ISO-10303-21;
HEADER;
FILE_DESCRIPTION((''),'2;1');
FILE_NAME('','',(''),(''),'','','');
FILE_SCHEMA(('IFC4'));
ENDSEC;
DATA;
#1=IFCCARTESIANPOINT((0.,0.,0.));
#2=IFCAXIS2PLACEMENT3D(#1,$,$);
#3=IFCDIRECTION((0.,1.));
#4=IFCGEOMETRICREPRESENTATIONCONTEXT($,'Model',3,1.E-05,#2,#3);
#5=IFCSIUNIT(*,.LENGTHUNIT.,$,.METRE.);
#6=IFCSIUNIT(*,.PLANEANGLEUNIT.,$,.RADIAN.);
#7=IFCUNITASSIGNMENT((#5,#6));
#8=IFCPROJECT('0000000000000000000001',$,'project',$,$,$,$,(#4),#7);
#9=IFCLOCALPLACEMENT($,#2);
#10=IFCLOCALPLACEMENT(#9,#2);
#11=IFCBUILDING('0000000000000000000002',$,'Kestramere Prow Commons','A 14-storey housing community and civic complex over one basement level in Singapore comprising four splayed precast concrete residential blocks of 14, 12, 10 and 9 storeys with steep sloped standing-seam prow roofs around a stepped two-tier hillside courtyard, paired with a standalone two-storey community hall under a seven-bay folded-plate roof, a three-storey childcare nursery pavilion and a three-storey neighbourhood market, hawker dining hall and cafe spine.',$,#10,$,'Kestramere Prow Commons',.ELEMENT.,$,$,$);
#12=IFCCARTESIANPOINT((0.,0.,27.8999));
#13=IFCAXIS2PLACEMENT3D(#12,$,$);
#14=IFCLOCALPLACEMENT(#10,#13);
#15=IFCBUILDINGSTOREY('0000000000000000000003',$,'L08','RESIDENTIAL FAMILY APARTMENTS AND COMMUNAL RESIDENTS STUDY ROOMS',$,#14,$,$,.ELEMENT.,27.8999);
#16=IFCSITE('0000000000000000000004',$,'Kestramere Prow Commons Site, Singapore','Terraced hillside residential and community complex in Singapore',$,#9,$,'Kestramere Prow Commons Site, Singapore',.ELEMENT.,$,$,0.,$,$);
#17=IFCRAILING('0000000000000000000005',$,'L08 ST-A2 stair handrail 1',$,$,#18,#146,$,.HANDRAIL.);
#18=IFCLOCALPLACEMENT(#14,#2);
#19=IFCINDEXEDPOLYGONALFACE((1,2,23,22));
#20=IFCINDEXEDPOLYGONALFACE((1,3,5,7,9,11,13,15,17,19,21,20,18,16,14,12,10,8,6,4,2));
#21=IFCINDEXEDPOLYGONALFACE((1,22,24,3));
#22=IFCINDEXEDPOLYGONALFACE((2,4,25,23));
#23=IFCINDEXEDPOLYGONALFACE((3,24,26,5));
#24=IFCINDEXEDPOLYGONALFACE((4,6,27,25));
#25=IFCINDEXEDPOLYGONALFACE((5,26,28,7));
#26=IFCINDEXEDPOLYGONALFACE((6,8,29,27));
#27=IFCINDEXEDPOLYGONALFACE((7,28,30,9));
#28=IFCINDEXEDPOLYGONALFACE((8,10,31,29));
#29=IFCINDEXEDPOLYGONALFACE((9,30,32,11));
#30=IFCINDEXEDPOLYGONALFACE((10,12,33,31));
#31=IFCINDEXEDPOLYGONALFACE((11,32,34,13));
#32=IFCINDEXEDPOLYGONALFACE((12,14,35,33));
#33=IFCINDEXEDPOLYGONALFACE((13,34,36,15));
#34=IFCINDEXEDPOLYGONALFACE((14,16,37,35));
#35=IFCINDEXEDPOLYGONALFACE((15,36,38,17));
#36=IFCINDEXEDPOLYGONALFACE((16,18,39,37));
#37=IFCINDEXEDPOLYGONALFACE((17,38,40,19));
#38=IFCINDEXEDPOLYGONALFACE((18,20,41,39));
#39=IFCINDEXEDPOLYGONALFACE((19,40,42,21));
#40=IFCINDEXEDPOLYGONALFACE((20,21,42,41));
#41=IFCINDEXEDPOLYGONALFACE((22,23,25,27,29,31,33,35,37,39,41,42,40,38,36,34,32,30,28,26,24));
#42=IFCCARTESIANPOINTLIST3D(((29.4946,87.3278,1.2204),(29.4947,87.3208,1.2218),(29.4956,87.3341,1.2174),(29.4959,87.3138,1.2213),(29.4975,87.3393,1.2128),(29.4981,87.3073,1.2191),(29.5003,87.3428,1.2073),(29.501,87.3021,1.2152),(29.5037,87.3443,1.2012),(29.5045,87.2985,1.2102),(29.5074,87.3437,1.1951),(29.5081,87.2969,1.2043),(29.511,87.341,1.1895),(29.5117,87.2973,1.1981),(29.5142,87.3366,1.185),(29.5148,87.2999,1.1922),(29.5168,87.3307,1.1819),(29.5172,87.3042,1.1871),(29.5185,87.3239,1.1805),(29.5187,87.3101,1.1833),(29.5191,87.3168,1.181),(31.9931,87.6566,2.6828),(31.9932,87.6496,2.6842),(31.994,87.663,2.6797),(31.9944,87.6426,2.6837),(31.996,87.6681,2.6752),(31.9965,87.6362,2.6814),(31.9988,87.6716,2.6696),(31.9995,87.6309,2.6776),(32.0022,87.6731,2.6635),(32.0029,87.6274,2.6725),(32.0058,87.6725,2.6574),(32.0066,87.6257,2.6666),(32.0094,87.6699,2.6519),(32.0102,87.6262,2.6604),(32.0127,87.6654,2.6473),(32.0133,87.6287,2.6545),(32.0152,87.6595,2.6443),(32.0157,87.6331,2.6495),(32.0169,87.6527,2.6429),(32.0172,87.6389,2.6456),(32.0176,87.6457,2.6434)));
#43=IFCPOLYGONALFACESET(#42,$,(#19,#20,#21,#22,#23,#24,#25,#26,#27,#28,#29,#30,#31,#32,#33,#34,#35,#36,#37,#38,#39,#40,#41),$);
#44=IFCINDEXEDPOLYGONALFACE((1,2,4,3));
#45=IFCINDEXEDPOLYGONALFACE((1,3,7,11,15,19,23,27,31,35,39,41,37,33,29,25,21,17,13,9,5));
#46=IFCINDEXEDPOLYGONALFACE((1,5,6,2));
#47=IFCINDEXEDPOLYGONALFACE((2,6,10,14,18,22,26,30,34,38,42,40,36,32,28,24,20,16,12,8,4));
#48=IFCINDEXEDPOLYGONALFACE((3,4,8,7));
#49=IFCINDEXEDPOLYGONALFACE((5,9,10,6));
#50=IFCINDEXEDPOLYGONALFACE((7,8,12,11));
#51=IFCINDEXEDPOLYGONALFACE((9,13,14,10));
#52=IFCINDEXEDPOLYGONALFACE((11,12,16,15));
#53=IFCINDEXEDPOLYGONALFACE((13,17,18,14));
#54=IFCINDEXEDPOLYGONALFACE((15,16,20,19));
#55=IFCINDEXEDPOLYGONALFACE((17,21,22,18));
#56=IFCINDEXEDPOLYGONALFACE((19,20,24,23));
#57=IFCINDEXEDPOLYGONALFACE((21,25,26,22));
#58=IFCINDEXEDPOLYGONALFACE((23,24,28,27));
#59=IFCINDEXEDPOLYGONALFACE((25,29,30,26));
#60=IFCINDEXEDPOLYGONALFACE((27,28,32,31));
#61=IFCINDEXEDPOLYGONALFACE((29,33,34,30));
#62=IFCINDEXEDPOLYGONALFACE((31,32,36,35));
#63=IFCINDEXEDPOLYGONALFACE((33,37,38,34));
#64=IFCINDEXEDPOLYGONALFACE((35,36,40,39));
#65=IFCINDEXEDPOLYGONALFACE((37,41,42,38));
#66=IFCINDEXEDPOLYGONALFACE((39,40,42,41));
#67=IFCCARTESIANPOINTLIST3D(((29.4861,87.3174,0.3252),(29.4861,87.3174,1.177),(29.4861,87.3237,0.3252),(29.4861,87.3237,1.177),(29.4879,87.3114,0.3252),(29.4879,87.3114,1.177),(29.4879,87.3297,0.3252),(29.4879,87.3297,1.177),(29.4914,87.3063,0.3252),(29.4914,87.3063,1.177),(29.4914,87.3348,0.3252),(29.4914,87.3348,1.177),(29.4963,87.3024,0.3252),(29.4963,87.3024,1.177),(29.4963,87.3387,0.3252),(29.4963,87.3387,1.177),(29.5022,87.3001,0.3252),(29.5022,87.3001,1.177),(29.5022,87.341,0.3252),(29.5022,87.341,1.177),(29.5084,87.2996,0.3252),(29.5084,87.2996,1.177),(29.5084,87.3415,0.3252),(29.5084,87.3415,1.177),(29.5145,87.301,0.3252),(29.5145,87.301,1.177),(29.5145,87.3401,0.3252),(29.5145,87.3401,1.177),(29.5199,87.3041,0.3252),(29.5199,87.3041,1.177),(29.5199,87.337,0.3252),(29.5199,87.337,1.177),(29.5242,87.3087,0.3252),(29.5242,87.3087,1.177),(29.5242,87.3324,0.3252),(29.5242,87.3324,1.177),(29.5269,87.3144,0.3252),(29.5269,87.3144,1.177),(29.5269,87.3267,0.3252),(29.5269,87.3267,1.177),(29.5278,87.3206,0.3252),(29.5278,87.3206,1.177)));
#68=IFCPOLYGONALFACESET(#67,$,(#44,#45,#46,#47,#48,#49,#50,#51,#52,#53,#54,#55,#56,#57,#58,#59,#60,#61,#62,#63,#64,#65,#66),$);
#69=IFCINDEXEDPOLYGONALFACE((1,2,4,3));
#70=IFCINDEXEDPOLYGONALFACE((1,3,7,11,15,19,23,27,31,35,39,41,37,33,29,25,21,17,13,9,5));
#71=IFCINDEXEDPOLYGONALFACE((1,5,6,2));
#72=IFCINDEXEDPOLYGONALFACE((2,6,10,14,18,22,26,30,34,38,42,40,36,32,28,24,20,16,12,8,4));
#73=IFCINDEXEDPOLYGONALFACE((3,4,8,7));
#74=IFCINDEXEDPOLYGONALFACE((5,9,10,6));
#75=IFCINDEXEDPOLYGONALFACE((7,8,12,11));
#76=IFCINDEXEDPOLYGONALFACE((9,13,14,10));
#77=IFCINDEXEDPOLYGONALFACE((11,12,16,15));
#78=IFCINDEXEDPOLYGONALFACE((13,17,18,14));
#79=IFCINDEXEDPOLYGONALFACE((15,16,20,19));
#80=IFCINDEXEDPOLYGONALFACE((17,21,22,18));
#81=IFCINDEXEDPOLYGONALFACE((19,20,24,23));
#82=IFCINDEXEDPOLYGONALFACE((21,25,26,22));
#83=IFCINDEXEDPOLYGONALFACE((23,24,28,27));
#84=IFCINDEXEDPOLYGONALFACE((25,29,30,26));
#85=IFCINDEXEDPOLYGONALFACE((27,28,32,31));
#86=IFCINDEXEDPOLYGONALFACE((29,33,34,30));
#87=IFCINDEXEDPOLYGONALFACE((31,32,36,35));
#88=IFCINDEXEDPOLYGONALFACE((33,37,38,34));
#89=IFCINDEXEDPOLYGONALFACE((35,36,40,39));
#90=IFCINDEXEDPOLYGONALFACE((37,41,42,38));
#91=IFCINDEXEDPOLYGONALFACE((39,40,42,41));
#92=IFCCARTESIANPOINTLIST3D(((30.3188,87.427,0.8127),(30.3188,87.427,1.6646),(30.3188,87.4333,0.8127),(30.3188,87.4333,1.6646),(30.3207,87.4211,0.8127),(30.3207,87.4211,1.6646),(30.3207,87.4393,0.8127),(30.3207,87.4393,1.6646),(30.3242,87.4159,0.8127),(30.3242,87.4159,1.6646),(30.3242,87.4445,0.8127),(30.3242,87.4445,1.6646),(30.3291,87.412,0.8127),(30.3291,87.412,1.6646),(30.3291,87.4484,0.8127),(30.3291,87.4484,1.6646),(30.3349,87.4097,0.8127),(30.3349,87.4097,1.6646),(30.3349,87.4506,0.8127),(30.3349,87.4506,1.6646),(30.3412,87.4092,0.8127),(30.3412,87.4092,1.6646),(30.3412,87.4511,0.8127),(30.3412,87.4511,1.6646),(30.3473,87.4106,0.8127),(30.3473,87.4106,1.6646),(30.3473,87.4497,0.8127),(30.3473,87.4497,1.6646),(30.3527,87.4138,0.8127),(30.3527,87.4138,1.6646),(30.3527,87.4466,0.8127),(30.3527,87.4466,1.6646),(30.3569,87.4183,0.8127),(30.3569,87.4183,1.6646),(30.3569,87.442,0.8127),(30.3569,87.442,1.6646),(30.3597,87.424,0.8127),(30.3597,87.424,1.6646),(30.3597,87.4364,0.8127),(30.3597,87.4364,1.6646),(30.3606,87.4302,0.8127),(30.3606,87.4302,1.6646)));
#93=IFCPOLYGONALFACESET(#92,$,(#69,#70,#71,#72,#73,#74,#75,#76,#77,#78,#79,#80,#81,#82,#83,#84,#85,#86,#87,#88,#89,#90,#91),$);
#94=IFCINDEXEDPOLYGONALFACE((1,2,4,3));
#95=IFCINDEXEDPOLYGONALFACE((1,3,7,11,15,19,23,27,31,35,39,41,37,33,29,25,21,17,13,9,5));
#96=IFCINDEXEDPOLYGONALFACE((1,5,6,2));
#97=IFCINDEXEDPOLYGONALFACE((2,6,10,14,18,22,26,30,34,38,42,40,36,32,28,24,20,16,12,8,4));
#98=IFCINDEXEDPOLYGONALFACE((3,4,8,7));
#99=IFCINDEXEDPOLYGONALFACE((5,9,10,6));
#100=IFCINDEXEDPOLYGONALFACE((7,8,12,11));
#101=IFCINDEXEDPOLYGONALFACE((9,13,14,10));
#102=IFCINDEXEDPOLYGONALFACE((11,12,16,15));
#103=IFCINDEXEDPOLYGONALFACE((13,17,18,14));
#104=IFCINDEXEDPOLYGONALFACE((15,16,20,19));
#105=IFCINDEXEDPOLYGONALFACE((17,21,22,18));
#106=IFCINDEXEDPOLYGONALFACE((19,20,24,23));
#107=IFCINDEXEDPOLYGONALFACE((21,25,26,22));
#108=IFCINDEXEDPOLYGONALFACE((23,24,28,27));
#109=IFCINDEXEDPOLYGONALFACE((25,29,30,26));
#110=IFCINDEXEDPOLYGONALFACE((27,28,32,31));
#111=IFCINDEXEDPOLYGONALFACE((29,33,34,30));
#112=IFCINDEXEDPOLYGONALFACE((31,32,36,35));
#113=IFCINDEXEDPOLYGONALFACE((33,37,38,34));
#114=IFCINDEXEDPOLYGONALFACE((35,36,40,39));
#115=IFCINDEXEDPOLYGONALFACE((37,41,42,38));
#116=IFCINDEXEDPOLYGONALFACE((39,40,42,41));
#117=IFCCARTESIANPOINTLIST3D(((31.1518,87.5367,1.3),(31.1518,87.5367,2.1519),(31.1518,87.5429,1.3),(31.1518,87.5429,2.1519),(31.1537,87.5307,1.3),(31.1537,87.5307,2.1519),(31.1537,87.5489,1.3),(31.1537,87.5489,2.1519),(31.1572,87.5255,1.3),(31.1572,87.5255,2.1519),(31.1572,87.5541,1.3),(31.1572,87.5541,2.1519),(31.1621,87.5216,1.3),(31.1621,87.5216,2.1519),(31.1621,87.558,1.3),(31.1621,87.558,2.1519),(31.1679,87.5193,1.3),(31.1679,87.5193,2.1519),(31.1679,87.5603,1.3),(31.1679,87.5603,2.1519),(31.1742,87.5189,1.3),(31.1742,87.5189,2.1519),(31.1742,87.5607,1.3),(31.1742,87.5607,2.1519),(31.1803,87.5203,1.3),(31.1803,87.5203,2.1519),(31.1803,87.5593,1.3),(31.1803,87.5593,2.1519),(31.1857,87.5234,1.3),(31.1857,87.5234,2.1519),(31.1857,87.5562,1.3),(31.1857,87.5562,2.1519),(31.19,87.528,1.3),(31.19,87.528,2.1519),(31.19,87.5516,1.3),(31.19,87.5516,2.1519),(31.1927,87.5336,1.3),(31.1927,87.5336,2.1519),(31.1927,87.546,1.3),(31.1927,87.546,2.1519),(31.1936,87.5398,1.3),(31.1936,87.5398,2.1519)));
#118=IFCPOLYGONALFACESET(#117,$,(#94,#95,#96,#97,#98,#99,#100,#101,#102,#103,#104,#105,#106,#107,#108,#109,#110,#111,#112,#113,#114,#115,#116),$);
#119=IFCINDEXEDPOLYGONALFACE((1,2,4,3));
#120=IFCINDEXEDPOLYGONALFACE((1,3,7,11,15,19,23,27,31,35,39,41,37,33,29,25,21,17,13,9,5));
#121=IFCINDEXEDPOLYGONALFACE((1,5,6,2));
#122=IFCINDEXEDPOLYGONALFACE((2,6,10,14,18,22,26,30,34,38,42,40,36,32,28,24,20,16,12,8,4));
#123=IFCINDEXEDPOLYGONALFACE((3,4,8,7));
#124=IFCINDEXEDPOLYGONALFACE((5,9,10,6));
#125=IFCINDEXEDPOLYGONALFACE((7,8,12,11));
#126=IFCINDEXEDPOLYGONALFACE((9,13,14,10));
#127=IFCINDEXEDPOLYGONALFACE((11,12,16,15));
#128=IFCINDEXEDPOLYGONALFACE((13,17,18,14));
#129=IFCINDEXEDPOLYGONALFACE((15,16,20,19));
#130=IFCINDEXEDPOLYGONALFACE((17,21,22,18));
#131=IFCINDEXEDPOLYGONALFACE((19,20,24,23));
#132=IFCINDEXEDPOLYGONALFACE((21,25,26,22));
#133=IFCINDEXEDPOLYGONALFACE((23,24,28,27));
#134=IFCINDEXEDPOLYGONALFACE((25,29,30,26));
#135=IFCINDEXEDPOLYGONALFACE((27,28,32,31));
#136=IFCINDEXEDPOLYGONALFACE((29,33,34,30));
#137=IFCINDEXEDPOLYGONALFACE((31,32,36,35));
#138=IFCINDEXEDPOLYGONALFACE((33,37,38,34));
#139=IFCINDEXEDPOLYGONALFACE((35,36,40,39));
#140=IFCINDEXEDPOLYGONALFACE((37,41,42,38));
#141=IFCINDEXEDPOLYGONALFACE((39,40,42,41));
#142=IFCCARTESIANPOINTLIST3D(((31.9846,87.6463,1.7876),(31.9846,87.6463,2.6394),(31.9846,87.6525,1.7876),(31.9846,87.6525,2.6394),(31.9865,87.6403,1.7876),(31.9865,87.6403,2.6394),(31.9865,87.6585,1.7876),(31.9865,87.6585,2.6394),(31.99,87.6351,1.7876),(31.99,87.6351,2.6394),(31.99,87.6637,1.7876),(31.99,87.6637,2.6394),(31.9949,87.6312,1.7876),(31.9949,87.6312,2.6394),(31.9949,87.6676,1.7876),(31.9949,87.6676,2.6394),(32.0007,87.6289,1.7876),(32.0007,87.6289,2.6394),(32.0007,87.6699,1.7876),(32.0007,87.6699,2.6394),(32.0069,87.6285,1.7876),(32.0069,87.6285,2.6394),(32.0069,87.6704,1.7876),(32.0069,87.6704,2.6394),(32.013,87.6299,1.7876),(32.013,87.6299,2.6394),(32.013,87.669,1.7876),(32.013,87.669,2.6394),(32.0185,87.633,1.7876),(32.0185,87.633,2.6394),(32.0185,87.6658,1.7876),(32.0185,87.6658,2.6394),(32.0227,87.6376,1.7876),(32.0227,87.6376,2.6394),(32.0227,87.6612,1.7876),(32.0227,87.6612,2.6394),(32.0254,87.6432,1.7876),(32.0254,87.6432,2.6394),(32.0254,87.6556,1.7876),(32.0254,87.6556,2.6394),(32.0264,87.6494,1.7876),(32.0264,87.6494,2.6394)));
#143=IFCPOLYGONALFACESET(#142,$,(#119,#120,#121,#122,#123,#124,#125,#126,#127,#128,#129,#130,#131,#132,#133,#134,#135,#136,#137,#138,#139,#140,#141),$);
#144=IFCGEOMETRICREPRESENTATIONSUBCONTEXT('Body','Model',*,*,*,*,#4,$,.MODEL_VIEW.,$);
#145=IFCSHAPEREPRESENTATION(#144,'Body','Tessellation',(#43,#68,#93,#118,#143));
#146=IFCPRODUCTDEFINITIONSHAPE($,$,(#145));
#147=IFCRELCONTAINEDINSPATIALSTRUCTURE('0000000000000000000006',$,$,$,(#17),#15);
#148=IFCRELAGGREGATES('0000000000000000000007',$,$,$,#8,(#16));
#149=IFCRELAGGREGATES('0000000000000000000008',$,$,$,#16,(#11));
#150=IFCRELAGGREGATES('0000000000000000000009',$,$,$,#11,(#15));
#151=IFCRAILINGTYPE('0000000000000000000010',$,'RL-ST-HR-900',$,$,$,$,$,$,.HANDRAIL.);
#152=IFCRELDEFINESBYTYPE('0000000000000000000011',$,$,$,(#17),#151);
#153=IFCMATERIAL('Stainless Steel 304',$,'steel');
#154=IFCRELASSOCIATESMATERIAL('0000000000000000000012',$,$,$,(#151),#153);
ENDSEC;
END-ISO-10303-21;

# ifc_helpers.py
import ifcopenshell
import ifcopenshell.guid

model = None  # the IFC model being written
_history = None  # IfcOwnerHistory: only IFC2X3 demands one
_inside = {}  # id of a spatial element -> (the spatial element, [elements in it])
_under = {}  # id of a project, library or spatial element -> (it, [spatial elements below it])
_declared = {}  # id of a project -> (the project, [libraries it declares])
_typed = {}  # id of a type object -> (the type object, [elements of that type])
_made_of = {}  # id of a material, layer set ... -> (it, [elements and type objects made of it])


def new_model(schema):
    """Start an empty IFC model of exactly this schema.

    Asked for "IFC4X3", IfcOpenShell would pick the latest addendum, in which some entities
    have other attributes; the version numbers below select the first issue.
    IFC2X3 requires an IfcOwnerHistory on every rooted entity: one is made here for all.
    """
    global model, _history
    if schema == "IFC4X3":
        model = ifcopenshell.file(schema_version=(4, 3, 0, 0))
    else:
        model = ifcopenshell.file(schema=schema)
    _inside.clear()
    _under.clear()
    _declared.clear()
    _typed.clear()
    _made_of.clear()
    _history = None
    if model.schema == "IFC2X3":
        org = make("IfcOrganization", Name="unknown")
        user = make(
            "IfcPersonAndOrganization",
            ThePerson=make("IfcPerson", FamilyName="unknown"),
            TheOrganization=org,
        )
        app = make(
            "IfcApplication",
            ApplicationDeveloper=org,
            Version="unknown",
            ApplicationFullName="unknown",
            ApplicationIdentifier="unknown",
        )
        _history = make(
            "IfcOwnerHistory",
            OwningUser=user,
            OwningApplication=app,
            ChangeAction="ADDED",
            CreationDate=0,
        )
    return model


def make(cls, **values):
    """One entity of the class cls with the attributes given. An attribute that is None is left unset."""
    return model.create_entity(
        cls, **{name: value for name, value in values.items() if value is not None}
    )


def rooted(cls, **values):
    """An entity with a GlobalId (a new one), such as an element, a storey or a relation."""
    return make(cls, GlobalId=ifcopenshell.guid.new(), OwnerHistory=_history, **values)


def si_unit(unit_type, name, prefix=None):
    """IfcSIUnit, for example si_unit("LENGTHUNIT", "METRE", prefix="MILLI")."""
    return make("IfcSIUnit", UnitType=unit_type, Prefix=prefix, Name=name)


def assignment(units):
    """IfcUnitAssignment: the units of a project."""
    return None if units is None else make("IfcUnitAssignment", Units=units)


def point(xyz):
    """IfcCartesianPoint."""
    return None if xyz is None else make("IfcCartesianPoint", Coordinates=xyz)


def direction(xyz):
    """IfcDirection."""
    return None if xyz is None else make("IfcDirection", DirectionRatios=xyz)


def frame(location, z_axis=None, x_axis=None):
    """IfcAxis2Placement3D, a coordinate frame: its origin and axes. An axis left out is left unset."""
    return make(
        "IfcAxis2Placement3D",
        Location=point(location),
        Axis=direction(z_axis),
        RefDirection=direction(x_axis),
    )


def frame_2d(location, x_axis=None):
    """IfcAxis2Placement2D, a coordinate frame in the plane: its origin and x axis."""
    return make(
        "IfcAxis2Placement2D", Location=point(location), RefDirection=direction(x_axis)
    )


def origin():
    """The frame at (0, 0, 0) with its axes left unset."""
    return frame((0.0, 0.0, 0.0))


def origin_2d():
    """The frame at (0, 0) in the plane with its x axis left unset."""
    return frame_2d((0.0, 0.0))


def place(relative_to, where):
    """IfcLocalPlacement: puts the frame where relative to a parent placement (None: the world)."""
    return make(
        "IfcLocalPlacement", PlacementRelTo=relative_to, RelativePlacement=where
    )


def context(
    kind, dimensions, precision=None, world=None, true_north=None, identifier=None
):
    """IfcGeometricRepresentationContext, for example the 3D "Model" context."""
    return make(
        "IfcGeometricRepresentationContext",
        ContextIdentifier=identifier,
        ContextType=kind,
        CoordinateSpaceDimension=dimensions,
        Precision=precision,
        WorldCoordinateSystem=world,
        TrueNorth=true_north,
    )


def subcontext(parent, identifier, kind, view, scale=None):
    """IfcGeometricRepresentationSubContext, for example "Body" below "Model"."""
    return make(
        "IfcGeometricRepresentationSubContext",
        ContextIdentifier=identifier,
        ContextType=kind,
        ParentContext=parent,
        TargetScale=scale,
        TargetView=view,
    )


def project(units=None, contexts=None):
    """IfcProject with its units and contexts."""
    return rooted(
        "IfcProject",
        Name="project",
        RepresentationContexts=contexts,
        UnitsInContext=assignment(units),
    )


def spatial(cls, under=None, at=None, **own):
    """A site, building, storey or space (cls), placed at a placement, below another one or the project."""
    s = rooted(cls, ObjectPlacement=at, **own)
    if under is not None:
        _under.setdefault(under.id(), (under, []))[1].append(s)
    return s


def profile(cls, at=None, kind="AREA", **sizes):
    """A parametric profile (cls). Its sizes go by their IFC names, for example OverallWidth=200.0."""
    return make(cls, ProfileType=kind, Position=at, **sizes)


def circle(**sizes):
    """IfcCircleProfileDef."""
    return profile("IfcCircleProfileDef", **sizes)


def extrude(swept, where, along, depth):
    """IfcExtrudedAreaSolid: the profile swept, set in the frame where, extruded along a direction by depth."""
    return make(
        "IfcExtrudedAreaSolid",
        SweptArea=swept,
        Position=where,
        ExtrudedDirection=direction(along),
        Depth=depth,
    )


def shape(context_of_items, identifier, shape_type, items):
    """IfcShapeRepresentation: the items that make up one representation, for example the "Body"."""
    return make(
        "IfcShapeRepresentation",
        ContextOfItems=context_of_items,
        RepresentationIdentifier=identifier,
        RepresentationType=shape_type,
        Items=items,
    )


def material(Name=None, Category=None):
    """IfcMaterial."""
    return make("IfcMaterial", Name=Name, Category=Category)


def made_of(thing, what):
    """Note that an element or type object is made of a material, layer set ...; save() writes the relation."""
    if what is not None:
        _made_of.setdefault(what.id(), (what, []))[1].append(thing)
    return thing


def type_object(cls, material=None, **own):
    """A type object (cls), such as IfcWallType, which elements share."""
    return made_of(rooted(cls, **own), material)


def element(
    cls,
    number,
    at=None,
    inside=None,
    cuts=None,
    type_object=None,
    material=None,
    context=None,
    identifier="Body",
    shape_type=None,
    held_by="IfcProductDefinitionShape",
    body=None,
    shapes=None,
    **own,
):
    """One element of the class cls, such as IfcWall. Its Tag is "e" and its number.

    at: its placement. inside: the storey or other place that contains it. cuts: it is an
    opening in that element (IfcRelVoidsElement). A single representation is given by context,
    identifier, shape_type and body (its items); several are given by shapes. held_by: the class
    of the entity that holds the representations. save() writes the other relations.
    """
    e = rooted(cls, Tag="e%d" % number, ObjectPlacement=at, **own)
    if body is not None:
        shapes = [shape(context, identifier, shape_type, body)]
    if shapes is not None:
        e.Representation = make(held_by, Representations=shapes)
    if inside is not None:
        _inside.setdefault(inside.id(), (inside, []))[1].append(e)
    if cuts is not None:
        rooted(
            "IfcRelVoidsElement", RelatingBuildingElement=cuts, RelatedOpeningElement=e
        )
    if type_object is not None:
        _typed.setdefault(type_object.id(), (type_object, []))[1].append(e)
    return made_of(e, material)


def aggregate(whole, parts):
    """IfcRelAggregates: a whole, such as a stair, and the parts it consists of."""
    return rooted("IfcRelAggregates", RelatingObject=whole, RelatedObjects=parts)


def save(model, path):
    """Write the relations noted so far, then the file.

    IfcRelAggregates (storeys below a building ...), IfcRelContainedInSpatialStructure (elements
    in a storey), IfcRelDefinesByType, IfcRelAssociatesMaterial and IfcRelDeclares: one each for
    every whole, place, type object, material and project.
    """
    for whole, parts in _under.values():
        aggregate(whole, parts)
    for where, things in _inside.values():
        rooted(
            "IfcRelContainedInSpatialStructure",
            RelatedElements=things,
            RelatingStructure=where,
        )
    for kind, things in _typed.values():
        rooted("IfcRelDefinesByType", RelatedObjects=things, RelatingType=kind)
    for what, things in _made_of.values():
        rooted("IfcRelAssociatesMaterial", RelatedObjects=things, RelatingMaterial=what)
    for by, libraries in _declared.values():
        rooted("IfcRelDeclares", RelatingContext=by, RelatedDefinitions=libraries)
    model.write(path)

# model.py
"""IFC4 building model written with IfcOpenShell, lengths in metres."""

from ifc_helpers import new_model, si_unit, direction, frame, origin, origin_2d, place, context, subcontext, project, spatial, circle, extrude, material, type_object, element, save


model = new_model("IFC4")

# Units and contexts
model_context = context("Model", 3, precision=1e-05, world=origin(), true_north=direction((0.0, 1.0)))
body_context = subcontext(model_context, "Body", "Model", "MODEL_VIEW")
ifc_project = project(units=[si_unit("LENGTHUNIT", "METRE"), si_unit("PLANEANGLEUNIT", "RADIAN")], contexts=[model_context])

# Site, building, storey
site_placement = place(None, origin())
site = spatial("IfcSite", under=ifc_project, at=site_placement, Name="Kestramere Prow Commons Site, Singapore", Description="Terraced hillside residential and community complex in Singapore", LongName="Kestramere Prow Commons Site, Singapore", CompositionType="ELEMENT", RefElevation=0.0)
building_placement = place(site_placement, origin())
building = spatial("IfcBuilding", under=site, at=building_placement, Name="Kestramere Prow Commons", Description="A 14-storey housing community and civic complex over one basement level in Singapore comprising four splayed precast concrete residential blocks of 14, 12, 10 and 9 storeys with steep sloped standing-seam prow roofs around a stepped two-tier hillside courtyard, paired with a standalone two-storey community hall under a seven-bay folded-plate roof, a three-storey childcare nursery pavilion and a three-storey neighbourhood market, hawker dining hall and cafe spine.", LongName="Kestramere Prow Commons", CompositionType="ELEMENT")
storey_placement = place(building_placement, frame((0.0, 0.0, 27.8999)))
storey = spatial("IfcBuildingStorey", under=building, at=storey_placement, Name="L08", Description="RESIDENTIAL FAMILY APARTMENTS AND COMMUNAL RESIDENTS STUDY ROOMS", CompositionType="ELEMENT", Elevation=27.8999)

# Railing
ifc_material_1 = material(Name="Stainless Steel 304", Category="steel")
railing_type_1 = type_object("IfcRailingType", Name="RL-ST-HR-900", PredefinedType="HANDRAIL", material=ifc_material_1)
railing_1_placement = place(storey_placement, frame((29.5068, 87.3206, 0.3252)))
element("IfcRailing", 1, at=railing_1_placement, inside=storey, type_object=railing_type_1, Name="L08 ST-A2 stair handrail 1", PredefinedType="HANDRAIL", context=body_context, shape_type="SweptSolid", body=[
    extrude(circle(Radius=0.0239, at=origin_2d()), frame((0.0, 0.0, 0.876), z_axis=(0.857523, 0.112867, 0.501912), x_axis=(-0.130495, 0.991449, 0.0)), (0.0, 0.0, 1.0), 2.9136),
    extrude(circle(Radius=0.021, at=origin_2d()), origin(), (0.0, 0.0, 1.0), 0.8518),
    extrude(circle(Radius=0.021, at=origin_2d()), frame((0.8328, 0.1096, 0.4875)), (0.0, 0.0, 1.0), 0.8518),
    extrude(circle(Radius=0.021, at=origin_2d()), frame((1.6658, 0.2192, 0.9749)), (0.0, 0.0, 1.0), 0.8518),
    extrude(circle(Radius=0.021, at=origin_2d()), frame((2.4985, 0.3289, 1.4624)), (0.0, 0.0, 1.0), 0.8518),
])

save(model, "model.ifc")
